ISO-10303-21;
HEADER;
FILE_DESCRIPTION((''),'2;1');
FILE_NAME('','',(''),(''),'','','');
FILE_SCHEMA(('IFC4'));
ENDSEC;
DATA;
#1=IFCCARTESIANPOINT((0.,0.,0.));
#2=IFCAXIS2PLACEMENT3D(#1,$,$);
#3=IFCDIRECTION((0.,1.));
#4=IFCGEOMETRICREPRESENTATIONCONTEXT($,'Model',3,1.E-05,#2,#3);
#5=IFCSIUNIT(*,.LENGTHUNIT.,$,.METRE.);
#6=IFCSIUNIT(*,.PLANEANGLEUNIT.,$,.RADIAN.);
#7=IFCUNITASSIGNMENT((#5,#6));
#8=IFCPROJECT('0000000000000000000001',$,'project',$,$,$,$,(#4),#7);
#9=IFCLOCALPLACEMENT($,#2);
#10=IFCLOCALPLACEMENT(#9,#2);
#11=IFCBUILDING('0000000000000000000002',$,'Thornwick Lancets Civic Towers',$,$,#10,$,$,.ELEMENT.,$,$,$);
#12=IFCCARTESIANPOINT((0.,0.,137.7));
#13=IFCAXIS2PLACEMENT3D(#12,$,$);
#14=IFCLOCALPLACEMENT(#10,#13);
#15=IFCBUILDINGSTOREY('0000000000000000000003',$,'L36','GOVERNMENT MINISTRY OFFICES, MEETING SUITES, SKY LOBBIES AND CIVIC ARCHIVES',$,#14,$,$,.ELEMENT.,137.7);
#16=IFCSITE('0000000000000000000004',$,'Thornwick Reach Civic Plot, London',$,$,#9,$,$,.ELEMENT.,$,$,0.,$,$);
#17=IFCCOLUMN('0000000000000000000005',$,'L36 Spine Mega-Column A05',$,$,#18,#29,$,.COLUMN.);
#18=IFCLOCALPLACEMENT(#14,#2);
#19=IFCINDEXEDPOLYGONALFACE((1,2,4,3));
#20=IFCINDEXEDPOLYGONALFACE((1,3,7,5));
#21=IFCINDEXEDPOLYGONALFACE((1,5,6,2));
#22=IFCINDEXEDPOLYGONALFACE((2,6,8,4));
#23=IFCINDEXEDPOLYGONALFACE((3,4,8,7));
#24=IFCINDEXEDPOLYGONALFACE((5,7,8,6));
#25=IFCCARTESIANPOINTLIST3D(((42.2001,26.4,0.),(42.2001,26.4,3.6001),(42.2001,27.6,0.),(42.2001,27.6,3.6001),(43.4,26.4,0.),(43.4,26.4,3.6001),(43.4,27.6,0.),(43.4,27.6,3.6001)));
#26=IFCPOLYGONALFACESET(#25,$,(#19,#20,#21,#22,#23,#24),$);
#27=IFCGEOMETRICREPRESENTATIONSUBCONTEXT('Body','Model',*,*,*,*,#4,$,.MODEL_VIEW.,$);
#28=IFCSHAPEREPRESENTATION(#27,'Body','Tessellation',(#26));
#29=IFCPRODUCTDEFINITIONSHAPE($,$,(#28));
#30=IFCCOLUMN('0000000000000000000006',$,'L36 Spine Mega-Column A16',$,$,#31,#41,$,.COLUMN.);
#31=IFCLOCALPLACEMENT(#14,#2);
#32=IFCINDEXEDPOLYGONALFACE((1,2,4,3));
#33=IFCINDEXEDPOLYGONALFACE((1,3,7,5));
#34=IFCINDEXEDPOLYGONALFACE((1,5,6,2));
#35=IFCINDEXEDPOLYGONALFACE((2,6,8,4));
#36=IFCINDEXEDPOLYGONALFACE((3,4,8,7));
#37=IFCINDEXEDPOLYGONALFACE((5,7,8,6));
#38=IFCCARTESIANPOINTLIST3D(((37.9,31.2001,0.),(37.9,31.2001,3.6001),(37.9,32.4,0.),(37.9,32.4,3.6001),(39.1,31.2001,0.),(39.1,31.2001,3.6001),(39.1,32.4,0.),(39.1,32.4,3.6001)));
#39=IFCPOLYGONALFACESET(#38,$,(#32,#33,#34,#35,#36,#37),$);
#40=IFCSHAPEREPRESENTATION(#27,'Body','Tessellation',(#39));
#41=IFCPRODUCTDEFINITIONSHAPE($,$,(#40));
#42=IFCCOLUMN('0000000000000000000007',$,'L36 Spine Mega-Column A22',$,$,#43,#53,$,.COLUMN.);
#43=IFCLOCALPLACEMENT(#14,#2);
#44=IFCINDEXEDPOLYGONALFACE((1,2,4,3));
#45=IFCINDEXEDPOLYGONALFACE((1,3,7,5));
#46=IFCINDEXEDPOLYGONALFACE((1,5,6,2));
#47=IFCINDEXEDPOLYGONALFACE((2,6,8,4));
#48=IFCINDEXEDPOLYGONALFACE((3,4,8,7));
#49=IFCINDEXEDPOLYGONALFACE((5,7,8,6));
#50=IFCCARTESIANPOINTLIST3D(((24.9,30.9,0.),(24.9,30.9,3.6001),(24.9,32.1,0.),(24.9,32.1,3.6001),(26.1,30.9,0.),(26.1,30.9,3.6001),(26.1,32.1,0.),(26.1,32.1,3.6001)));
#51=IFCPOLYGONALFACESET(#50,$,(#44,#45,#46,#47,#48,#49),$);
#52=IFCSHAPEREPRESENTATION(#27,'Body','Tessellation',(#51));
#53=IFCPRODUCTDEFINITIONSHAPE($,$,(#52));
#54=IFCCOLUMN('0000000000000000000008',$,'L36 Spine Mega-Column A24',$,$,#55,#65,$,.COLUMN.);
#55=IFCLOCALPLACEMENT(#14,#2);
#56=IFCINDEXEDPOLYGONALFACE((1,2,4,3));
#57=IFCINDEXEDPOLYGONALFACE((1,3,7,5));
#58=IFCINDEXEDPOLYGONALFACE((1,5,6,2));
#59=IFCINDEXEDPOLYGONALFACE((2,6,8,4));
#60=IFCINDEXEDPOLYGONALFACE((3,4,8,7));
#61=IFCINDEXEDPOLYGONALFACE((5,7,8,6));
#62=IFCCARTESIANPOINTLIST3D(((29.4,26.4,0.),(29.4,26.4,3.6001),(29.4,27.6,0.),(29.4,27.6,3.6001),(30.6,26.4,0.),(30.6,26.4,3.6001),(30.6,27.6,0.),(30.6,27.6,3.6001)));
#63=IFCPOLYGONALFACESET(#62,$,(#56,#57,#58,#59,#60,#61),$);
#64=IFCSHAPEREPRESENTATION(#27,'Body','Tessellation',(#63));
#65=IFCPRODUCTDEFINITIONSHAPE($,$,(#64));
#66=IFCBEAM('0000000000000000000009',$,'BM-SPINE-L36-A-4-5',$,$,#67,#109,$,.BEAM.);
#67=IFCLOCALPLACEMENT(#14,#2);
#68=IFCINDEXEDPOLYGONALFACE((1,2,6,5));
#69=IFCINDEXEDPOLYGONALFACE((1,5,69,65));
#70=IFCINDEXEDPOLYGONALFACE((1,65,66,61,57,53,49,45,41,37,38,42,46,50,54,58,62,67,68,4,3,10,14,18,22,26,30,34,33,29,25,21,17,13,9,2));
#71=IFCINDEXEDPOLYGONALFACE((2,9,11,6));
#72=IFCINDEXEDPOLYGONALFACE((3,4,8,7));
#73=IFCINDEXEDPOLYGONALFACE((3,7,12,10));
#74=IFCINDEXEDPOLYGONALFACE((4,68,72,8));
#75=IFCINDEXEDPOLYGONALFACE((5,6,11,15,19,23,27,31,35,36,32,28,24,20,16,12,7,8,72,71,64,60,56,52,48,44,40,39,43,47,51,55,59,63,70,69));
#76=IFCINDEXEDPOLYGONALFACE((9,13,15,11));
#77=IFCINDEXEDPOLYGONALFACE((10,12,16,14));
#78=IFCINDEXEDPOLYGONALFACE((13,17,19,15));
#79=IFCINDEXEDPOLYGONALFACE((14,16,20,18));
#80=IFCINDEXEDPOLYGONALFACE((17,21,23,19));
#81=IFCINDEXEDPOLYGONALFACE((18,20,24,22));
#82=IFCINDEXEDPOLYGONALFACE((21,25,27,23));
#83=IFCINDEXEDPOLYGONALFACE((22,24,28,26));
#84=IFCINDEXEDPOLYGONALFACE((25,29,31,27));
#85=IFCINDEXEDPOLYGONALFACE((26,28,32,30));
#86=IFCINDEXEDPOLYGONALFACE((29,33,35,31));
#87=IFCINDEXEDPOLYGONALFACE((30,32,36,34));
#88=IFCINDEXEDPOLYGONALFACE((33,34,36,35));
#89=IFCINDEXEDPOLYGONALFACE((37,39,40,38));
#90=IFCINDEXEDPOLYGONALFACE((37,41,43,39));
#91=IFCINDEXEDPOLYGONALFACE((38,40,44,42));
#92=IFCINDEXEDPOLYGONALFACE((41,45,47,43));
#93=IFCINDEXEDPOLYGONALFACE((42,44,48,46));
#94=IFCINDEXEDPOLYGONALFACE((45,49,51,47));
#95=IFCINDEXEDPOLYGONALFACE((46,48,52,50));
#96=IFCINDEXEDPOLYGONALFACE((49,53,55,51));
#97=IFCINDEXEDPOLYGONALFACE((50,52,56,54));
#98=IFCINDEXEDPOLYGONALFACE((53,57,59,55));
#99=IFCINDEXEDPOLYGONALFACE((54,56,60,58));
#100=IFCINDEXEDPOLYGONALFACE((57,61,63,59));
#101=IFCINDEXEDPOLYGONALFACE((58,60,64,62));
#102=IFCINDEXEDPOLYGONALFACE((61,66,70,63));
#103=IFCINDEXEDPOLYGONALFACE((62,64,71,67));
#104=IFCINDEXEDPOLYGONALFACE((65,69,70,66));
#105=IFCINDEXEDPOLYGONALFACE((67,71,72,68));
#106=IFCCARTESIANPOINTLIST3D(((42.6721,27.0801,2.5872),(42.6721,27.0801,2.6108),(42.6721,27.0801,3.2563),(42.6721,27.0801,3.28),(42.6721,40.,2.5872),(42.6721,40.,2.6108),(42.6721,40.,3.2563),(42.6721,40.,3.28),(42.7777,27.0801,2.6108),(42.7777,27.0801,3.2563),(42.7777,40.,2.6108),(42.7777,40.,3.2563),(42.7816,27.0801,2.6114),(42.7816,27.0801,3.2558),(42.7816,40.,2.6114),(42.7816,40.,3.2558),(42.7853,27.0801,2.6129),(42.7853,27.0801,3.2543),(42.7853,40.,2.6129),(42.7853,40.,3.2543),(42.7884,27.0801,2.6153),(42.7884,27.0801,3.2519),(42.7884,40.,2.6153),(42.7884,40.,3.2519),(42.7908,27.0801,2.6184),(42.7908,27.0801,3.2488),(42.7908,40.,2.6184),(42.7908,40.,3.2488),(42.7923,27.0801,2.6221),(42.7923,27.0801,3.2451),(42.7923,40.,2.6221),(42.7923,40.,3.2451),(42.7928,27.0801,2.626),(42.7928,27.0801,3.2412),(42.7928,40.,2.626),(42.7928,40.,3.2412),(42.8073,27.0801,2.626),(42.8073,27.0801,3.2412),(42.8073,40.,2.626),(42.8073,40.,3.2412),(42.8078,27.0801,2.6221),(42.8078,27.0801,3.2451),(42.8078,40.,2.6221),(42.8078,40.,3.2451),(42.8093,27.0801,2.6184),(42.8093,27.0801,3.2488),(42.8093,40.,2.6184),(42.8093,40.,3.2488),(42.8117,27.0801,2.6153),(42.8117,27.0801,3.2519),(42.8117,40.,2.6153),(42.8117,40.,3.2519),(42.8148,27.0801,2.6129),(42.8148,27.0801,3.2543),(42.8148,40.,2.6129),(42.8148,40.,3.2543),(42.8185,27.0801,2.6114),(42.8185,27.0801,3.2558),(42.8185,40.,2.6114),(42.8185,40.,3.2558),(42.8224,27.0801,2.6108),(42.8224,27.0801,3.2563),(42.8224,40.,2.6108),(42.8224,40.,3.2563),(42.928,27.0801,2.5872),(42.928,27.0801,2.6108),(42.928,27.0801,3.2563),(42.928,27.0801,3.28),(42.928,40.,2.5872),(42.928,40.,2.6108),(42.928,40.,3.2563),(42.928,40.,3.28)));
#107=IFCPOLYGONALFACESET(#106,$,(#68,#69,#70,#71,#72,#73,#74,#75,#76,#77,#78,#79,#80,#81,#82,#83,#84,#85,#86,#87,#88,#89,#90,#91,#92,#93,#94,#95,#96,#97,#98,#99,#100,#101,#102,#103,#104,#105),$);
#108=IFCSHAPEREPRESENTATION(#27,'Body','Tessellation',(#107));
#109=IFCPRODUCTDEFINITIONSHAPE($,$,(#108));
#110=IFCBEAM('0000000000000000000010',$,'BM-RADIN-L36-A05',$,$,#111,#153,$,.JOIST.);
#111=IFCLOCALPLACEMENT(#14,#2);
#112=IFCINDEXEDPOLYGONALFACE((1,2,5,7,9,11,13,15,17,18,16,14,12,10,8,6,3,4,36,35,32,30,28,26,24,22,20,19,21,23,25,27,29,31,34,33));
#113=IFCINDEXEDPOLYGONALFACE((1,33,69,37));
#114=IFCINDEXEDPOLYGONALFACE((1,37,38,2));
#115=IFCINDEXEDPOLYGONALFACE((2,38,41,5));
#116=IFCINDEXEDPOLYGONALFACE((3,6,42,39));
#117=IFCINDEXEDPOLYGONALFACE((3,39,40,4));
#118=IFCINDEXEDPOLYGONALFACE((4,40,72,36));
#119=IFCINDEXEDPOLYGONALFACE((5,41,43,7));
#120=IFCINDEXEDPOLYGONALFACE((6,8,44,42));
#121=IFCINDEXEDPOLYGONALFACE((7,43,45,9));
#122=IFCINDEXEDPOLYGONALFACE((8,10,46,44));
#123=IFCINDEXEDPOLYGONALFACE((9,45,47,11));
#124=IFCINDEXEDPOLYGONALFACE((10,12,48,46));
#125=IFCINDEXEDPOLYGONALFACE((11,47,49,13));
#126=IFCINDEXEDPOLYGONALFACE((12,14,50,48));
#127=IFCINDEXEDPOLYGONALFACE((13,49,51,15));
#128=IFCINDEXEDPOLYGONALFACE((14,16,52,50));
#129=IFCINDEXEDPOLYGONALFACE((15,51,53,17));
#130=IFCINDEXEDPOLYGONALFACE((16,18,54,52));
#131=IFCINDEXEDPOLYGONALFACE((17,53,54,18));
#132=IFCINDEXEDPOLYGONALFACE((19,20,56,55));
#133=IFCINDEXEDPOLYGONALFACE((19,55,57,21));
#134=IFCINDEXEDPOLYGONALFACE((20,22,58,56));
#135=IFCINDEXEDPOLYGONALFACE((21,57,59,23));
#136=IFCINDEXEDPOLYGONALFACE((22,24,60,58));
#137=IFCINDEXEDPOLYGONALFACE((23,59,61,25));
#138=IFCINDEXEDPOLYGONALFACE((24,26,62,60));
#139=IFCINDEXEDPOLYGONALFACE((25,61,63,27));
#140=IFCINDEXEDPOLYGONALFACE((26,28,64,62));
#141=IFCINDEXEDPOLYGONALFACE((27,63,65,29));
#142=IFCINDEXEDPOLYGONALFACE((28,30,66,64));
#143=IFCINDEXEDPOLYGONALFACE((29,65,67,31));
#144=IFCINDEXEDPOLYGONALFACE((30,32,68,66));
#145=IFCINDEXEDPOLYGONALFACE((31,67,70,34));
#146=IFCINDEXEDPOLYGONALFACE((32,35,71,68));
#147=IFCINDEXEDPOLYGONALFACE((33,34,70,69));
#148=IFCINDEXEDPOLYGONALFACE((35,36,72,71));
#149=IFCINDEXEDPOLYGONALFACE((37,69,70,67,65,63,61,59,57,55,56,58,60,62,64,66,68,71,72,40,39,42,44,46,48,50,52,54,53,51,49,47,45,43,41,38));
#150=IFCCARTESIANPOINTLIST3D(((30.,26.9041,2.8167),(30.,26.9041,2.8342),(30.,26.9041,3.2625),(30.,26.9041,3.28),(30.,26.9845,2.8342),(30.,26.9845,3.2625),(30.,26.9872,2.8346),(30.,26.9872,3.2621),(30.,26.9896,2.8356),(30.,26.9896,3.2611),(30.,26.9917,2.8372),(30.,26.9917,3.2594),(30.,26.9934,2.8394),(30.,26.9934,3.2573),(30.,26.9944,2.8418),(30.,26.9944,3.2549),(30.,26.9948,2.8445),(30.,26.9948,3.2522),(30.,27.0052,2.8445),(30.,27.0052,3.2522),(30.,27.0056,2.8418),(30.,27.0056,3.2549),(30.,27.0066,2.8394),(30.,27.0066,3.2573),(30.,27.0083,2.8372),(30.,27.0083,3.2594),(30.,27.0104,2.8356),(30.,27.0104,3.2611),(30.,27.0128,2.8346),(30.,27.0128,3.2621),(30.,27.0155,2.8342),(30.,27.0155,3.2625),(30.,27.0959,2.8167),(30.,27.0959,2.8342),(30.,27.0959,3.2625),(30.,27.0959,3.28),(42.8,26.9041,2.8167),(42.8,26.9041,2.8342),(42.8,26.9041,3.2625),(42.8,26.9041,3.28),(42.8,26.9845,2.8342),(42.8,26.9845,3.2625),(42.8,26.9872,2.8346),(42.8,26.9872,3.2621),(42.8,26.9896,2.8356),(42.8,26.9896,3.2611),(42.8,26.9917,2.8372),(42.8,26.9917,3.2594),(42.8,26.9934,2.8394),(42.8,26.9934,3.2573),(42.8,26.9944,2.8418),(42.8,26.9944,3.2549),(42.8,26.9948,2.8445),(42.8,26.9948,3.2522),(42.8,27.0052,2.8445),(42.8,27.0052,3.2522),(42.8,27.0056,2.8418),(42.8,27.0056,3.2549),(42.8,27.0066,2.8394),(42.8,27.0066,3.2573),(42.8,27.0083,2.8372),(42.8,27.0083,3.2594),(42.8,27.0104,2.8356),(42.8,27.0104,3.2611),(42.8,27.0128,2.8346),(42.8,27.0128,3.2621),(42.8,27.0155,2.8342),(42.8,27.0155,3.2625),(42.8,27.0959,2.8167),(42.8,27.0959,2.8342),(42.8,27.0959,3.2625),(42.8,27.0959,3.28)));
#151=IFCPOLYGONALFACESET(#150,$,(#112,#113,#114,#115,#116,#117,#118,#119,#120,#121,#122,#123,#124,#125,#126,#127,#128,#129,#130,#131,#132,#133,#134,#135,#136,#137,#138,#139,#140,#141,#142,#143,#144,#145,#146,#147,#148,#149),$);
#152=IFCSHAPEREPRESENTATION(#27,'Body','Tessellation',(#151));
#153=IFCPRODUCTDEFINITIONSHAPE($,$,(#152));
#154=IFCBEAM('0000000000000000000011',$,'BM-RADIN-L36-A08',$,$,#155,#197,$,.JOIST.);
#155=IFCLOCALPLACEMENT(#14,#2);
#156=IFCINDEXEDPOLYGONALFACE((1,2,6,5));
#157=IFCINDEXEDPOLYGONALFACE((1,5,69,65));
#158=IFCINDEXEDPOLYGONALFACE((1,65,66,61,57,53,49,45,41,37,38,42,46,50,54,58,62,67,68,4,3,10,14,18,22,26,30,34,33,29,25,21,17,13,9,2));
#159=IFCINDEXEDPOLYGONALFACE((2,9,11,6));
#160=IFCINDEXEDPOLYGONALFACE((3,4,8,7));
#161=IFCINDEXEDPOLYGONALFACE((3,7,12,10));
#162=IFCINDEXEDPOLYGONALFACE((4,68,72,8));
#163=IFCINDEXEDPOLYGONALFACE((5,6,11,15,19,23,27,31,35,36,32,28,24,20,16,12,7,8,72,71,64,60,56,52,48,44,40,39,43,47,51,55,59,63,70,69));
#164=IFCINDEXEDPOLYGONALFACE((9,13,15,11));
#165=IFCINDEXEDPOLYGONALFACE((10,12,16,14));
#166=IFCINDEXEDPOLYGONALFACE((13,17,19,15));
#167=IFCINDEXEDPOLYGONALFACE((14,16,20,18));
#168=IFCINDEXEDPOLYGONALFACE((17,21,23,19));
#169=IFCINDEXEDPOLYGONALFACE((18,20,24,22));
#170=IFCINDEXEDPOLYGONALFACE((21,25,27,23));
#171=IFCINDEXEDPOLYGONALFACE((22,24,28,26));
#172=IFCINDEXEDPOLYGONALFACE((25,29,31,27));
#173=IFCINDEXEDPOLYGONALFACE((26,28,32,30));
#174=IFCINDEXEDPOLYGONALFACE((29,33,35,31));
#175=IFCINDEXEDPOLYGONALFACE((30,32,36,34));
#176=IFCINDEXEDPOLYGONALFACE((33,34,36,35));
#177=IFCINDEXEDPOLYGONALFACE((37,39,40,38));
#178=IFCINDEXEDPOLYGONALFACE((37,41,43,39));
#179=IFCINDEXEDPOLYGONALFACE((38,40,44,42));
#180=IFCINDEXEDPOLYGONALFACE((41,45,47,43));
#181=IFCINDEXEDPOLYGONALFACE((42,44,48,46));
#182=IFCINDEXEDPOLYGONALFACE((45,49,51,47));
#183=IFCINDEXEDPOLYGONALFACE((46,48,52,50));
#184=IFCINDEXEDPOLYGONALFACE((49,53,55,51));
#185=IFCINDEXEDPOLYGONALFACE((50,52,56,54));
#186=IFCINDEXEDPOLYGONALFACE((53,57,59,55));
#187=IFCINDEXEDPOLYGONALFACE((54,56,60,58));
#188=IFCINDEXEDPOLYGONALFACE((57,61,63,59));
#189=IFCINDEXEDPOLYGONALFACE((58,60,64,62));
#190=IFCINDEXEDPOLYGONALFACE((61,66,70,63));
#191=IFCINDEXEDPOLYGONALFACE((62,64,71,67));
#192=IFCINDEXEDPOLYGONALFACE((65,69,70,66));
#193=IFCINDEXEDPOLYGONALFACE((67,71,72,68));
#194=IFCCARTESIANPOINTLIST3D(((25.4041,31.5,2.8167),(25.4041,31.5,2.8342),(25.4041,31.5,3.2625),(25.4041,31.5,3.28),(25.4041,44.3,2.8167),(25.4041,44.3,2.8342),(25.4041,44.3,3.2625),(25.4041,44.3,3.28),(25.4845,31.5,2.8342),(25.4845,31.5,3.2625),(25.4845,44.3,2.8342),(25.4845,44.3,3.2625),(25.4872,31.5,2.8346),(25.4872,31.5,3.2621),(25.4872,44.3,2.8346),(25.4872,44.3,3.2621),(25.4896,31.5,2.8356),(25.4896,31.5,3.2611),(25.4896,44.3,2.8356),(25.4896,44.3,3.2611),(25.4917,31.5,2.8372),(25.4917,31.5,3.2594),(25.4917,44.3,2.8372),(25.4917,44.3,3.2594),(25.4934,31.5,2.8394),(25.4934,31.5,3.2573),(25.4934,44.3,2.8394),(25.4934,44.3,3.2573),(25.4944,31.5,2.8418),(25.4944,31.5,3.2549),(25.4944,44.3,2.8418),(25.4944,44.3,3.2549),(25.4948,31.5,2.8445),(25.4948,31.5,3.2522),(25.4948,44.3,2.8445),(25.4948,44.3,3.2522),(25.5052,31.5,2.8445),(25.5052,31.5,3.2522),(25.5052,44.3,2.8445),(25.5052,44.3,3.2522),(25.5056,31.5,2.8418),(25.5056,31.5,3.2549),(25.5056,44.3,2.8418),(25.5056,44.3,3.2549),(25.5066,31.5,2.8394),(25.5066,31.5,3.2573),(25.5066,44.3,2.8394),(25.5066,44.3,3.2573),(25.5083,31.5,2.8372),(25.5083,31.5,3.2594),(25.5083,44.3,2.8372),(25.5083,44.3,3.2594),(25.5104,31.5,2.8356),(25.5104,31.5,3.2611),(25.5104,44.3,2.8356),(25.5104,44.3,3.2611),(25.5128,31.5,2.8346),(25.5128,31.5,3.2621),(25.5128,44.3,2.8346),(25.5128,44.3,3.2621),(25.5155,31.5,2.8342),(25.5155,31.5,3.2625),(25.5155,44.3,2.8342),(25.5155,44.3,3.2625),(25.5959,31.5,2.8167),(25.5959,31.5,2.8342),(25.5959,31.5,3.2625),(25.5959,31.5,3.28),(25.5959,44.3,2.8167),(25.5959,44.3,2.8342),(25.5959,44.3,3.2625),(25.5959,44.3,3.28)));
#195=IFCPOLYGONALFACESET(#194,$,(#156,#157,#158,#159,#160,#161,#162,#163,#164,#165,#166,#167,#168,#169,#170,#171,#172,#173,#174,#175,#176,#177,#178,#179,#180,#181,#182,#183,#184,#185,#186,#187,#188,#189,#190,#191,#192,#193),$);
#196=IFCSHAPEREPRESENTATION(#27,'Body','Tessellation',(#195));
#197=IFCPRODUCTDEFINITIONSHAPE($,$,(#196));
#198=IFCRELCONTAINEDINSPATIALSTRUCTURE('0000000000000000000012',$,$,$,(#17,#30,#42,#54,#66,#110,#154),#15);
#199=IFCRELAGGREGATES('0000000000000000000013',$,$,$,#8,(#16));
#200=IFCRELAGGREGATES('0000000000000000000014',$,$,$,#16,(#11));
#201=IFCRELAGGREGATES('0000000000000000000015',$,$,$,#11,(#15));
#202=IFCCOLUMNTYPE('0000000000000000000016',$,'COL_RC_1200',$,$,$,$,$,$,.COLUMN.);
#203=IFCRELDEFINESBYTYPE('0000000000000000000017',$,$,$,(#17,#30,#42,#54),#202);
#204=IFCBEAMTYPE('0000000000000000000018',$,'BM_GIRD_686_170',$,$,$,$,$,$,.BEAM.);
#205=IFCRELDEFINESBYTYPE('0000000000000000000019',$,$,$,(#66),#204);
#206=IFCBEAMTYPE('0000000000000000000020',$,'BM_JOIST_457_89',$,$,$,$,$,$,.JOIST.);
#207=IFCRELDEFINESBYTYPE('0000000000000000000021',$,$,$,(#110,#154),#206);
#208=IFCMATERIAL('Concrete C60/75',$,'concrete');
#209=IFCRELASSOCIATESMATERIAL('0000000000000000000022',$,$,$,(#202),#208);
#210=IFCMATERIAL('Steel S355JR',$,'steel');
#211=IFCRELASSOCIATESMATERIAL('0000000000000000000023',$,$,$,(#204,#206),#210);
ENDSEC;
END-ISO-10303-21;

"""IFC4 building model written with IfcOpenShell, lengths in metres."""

from ifc_helpers import new_model, si_unit, direction, frame, origin, origin_2d, place, context, subcontext, project, spatial, rectangle, i_section, extrude, material, material_profile, profile_set, type_object, element, save


model = new_model("IFC4")

# Units and contexts
model_context = context("Model", 3, precision=1e-05, world=origin(), true_north=direction((0.0, 1.0)))
body_context = subcontext(model_context, "Body", "Model", "MODEL_VIEW")
ifc_project = project(units=[si_unit("LENGTHUNIT", "METRE"), si_unit("PLANEANGLEUNIT", "RADIAN")], contexts=[model_context])

# Site, building, storey
site_placement = place(None, origin())
site = spatial("IfcSite", under=ifc_project, at=site_placement, Name="Thornwick Reach Civic Plot, London", CompositionType="ELEMENT", RefElevation=0.0)
building_placement = place(site_placement, origin())
building = spatial("IfcBuilding", under=site, at=building_placement, Name="Thornwick Lancets Civic Towers", CompositionType="ELEMENT")
storey_placement = place(building_placement, frame((0.0, 0.0, 137.7)))
storey = spatial("IfcBuildingStorey", under=building, at=storey_placement, Name="L36", Description="GOVERNMENT MINISTRY OFFICES, MEETING SUITES, SKY LOBBIES AND CIVIC ARCHIVES", CompositionType="ELEMENT", Elevation=137.7)

# Columns
ifc_material_1 = material(Name="Concrete C60/75", Category="concrete")
ifc_material_profile_1 = material_profile(ifc_material_1, rectangle(XDim=1.2, YDim=1.2, at=origin_2d()), Name="RC 1200x1200")
ifc_profile_set_1 = profile_set([ifc_material_profile_1], Name="Concrete C60/75")
column_type = type_object("IfcColumnType", Name="COL_RC_1200", PredefinedType="COLUMN", material=ifc_profile_set_1)
for number, where, z_axis, x_axis, name in (
    (1, (42.8, 27.0, 0.0), (0.0, 0.0, 1.0), (1.0, 0.0, 0.0), "L36 Spine Mega-Column A05"),
    (2, (38.5, 31.8, 0.0), (0.0, 0.0, 1.0), (1.0, 0.0, 0.0), "L36 Spine Mega-Column A16"),
    (3, (25.5, 31.5, 0.0), (0.0, 0.0, 1.0), (1.0, 0.0, 0.0), "L36 Spine Mega-Column A22"),
    (4, (30.0, 27.0, 0.0), (0.0, 0.0, 1.0), (1.0, 0.0, 0.0), "L36 Spine Mega-Column A24"),
):
    element("IfcColumn", number, at=place(storey_placement, frame(where, z_axis=z_axis, x_axis=x_axis)), inside=storey, type_object=column_type, Name=name, PredefinedType="COLUMN", context=body_context, shape_type="SweptSolid", body=[
        extrude(rectangle(XDim=1.2, YDim=1.2, at=origin_2d()), origin(), (0.0, 0.0, 1.0), 3.6001),
    ])

# Beams
ifc_material_2 = material(Name="Steel S355JR", Category="steel")
ifc_material_profile_2 = material_profile(ifc_material_2, i_section(OverallWidth=0.2559, OverallDepth=0.6929, WebThickness=0.0144, FlangeThickness=0.0237, FilletRadius=0.0151, at=origin_2d()), Name="UKB 686x254x170")
ifc_profile_set_2 = profile_set([ifc_material_profile_2], Name="Steel S355JR")
beam_type_1 = type_object("IfcBeamType", Name="BM_GIRD_686_170", PredefinedType="BEAM", material=ifc_profile_set_2)
beam_1_placement = place(storey_placement, frame((42.8, 27.0801, 2.9336), z_axis=(0.0, 1.0, 0.0), x_axis=(-1.0, 0.0, 0.0)))
element("IfcBeam", 5, at=beam_1_placement, inside=storey, type_object=beam_type_1, Name="BM-SPINE-L36-A-4-5", PredefinedType="BEAM", context=body_context, shape_type="SweptSolid", body=[
    extrude(i_section(OverallWidth=0.2559, OverallDepth=0.6929, WebThickness=0.0144, FlangeThickness=0.0237, FilletRadius=0.0151, at=origin_2d()), origin(), (0.0, 0.0, 1.0), 12.9199),
])
ifc_material_profile_3 = material_profile(ifc_material_2, i_section(OverallWidth=0.1919, OverallDepth=0.4634, WebThickness=0.0105, FlangeThickness=0.0176, FilletRadius=0.0103, at=origin_2d()), Name="UKB 457x191x89")
ifc_profile_set_3 = profile_set([ifc_material_profile_3], Name="Steel S355JR")
beam_type_2 = type_object("IfcBeamType", Name="BM_JOIST_457_89", PredefinedType="JOIST", material=ifc_profile_set_3)
for number, where, z_axis, x_axis, name in (
    (6, (30.0, 27.0, 3.0483), (1.0, 0.0, 0.0), (0.0, 1.0, 0.0), "BM-RADIN-L36-A05"),
    (7, (25.5, 31.5, 3.0483), (0.0, 1.0, 0.0), (-1.0, 0.0, 0.0), "BM-RADIN-L36-A08"),
):
    element("IfcBeam", number, at=place(storey_placement, frame(where, z_axis=z_axis, x_axis=x_axis)), inside=storey, type_object=beam_type_2, Name=name, PredefinedType="JOIST", context=body_context, shape_type="SweptSolid", body=[
        extrude(i_section(OverallWidth=0.1919, OverallDepth=0.4634, WebThickness=0.0105, FlangeThickness=0.0176, FilletRadius=0.0103, at=origin_2d()), origin(), (0.0, 0.0, 1.0), 12.8),
    ])

save(model, "model.ifc")
